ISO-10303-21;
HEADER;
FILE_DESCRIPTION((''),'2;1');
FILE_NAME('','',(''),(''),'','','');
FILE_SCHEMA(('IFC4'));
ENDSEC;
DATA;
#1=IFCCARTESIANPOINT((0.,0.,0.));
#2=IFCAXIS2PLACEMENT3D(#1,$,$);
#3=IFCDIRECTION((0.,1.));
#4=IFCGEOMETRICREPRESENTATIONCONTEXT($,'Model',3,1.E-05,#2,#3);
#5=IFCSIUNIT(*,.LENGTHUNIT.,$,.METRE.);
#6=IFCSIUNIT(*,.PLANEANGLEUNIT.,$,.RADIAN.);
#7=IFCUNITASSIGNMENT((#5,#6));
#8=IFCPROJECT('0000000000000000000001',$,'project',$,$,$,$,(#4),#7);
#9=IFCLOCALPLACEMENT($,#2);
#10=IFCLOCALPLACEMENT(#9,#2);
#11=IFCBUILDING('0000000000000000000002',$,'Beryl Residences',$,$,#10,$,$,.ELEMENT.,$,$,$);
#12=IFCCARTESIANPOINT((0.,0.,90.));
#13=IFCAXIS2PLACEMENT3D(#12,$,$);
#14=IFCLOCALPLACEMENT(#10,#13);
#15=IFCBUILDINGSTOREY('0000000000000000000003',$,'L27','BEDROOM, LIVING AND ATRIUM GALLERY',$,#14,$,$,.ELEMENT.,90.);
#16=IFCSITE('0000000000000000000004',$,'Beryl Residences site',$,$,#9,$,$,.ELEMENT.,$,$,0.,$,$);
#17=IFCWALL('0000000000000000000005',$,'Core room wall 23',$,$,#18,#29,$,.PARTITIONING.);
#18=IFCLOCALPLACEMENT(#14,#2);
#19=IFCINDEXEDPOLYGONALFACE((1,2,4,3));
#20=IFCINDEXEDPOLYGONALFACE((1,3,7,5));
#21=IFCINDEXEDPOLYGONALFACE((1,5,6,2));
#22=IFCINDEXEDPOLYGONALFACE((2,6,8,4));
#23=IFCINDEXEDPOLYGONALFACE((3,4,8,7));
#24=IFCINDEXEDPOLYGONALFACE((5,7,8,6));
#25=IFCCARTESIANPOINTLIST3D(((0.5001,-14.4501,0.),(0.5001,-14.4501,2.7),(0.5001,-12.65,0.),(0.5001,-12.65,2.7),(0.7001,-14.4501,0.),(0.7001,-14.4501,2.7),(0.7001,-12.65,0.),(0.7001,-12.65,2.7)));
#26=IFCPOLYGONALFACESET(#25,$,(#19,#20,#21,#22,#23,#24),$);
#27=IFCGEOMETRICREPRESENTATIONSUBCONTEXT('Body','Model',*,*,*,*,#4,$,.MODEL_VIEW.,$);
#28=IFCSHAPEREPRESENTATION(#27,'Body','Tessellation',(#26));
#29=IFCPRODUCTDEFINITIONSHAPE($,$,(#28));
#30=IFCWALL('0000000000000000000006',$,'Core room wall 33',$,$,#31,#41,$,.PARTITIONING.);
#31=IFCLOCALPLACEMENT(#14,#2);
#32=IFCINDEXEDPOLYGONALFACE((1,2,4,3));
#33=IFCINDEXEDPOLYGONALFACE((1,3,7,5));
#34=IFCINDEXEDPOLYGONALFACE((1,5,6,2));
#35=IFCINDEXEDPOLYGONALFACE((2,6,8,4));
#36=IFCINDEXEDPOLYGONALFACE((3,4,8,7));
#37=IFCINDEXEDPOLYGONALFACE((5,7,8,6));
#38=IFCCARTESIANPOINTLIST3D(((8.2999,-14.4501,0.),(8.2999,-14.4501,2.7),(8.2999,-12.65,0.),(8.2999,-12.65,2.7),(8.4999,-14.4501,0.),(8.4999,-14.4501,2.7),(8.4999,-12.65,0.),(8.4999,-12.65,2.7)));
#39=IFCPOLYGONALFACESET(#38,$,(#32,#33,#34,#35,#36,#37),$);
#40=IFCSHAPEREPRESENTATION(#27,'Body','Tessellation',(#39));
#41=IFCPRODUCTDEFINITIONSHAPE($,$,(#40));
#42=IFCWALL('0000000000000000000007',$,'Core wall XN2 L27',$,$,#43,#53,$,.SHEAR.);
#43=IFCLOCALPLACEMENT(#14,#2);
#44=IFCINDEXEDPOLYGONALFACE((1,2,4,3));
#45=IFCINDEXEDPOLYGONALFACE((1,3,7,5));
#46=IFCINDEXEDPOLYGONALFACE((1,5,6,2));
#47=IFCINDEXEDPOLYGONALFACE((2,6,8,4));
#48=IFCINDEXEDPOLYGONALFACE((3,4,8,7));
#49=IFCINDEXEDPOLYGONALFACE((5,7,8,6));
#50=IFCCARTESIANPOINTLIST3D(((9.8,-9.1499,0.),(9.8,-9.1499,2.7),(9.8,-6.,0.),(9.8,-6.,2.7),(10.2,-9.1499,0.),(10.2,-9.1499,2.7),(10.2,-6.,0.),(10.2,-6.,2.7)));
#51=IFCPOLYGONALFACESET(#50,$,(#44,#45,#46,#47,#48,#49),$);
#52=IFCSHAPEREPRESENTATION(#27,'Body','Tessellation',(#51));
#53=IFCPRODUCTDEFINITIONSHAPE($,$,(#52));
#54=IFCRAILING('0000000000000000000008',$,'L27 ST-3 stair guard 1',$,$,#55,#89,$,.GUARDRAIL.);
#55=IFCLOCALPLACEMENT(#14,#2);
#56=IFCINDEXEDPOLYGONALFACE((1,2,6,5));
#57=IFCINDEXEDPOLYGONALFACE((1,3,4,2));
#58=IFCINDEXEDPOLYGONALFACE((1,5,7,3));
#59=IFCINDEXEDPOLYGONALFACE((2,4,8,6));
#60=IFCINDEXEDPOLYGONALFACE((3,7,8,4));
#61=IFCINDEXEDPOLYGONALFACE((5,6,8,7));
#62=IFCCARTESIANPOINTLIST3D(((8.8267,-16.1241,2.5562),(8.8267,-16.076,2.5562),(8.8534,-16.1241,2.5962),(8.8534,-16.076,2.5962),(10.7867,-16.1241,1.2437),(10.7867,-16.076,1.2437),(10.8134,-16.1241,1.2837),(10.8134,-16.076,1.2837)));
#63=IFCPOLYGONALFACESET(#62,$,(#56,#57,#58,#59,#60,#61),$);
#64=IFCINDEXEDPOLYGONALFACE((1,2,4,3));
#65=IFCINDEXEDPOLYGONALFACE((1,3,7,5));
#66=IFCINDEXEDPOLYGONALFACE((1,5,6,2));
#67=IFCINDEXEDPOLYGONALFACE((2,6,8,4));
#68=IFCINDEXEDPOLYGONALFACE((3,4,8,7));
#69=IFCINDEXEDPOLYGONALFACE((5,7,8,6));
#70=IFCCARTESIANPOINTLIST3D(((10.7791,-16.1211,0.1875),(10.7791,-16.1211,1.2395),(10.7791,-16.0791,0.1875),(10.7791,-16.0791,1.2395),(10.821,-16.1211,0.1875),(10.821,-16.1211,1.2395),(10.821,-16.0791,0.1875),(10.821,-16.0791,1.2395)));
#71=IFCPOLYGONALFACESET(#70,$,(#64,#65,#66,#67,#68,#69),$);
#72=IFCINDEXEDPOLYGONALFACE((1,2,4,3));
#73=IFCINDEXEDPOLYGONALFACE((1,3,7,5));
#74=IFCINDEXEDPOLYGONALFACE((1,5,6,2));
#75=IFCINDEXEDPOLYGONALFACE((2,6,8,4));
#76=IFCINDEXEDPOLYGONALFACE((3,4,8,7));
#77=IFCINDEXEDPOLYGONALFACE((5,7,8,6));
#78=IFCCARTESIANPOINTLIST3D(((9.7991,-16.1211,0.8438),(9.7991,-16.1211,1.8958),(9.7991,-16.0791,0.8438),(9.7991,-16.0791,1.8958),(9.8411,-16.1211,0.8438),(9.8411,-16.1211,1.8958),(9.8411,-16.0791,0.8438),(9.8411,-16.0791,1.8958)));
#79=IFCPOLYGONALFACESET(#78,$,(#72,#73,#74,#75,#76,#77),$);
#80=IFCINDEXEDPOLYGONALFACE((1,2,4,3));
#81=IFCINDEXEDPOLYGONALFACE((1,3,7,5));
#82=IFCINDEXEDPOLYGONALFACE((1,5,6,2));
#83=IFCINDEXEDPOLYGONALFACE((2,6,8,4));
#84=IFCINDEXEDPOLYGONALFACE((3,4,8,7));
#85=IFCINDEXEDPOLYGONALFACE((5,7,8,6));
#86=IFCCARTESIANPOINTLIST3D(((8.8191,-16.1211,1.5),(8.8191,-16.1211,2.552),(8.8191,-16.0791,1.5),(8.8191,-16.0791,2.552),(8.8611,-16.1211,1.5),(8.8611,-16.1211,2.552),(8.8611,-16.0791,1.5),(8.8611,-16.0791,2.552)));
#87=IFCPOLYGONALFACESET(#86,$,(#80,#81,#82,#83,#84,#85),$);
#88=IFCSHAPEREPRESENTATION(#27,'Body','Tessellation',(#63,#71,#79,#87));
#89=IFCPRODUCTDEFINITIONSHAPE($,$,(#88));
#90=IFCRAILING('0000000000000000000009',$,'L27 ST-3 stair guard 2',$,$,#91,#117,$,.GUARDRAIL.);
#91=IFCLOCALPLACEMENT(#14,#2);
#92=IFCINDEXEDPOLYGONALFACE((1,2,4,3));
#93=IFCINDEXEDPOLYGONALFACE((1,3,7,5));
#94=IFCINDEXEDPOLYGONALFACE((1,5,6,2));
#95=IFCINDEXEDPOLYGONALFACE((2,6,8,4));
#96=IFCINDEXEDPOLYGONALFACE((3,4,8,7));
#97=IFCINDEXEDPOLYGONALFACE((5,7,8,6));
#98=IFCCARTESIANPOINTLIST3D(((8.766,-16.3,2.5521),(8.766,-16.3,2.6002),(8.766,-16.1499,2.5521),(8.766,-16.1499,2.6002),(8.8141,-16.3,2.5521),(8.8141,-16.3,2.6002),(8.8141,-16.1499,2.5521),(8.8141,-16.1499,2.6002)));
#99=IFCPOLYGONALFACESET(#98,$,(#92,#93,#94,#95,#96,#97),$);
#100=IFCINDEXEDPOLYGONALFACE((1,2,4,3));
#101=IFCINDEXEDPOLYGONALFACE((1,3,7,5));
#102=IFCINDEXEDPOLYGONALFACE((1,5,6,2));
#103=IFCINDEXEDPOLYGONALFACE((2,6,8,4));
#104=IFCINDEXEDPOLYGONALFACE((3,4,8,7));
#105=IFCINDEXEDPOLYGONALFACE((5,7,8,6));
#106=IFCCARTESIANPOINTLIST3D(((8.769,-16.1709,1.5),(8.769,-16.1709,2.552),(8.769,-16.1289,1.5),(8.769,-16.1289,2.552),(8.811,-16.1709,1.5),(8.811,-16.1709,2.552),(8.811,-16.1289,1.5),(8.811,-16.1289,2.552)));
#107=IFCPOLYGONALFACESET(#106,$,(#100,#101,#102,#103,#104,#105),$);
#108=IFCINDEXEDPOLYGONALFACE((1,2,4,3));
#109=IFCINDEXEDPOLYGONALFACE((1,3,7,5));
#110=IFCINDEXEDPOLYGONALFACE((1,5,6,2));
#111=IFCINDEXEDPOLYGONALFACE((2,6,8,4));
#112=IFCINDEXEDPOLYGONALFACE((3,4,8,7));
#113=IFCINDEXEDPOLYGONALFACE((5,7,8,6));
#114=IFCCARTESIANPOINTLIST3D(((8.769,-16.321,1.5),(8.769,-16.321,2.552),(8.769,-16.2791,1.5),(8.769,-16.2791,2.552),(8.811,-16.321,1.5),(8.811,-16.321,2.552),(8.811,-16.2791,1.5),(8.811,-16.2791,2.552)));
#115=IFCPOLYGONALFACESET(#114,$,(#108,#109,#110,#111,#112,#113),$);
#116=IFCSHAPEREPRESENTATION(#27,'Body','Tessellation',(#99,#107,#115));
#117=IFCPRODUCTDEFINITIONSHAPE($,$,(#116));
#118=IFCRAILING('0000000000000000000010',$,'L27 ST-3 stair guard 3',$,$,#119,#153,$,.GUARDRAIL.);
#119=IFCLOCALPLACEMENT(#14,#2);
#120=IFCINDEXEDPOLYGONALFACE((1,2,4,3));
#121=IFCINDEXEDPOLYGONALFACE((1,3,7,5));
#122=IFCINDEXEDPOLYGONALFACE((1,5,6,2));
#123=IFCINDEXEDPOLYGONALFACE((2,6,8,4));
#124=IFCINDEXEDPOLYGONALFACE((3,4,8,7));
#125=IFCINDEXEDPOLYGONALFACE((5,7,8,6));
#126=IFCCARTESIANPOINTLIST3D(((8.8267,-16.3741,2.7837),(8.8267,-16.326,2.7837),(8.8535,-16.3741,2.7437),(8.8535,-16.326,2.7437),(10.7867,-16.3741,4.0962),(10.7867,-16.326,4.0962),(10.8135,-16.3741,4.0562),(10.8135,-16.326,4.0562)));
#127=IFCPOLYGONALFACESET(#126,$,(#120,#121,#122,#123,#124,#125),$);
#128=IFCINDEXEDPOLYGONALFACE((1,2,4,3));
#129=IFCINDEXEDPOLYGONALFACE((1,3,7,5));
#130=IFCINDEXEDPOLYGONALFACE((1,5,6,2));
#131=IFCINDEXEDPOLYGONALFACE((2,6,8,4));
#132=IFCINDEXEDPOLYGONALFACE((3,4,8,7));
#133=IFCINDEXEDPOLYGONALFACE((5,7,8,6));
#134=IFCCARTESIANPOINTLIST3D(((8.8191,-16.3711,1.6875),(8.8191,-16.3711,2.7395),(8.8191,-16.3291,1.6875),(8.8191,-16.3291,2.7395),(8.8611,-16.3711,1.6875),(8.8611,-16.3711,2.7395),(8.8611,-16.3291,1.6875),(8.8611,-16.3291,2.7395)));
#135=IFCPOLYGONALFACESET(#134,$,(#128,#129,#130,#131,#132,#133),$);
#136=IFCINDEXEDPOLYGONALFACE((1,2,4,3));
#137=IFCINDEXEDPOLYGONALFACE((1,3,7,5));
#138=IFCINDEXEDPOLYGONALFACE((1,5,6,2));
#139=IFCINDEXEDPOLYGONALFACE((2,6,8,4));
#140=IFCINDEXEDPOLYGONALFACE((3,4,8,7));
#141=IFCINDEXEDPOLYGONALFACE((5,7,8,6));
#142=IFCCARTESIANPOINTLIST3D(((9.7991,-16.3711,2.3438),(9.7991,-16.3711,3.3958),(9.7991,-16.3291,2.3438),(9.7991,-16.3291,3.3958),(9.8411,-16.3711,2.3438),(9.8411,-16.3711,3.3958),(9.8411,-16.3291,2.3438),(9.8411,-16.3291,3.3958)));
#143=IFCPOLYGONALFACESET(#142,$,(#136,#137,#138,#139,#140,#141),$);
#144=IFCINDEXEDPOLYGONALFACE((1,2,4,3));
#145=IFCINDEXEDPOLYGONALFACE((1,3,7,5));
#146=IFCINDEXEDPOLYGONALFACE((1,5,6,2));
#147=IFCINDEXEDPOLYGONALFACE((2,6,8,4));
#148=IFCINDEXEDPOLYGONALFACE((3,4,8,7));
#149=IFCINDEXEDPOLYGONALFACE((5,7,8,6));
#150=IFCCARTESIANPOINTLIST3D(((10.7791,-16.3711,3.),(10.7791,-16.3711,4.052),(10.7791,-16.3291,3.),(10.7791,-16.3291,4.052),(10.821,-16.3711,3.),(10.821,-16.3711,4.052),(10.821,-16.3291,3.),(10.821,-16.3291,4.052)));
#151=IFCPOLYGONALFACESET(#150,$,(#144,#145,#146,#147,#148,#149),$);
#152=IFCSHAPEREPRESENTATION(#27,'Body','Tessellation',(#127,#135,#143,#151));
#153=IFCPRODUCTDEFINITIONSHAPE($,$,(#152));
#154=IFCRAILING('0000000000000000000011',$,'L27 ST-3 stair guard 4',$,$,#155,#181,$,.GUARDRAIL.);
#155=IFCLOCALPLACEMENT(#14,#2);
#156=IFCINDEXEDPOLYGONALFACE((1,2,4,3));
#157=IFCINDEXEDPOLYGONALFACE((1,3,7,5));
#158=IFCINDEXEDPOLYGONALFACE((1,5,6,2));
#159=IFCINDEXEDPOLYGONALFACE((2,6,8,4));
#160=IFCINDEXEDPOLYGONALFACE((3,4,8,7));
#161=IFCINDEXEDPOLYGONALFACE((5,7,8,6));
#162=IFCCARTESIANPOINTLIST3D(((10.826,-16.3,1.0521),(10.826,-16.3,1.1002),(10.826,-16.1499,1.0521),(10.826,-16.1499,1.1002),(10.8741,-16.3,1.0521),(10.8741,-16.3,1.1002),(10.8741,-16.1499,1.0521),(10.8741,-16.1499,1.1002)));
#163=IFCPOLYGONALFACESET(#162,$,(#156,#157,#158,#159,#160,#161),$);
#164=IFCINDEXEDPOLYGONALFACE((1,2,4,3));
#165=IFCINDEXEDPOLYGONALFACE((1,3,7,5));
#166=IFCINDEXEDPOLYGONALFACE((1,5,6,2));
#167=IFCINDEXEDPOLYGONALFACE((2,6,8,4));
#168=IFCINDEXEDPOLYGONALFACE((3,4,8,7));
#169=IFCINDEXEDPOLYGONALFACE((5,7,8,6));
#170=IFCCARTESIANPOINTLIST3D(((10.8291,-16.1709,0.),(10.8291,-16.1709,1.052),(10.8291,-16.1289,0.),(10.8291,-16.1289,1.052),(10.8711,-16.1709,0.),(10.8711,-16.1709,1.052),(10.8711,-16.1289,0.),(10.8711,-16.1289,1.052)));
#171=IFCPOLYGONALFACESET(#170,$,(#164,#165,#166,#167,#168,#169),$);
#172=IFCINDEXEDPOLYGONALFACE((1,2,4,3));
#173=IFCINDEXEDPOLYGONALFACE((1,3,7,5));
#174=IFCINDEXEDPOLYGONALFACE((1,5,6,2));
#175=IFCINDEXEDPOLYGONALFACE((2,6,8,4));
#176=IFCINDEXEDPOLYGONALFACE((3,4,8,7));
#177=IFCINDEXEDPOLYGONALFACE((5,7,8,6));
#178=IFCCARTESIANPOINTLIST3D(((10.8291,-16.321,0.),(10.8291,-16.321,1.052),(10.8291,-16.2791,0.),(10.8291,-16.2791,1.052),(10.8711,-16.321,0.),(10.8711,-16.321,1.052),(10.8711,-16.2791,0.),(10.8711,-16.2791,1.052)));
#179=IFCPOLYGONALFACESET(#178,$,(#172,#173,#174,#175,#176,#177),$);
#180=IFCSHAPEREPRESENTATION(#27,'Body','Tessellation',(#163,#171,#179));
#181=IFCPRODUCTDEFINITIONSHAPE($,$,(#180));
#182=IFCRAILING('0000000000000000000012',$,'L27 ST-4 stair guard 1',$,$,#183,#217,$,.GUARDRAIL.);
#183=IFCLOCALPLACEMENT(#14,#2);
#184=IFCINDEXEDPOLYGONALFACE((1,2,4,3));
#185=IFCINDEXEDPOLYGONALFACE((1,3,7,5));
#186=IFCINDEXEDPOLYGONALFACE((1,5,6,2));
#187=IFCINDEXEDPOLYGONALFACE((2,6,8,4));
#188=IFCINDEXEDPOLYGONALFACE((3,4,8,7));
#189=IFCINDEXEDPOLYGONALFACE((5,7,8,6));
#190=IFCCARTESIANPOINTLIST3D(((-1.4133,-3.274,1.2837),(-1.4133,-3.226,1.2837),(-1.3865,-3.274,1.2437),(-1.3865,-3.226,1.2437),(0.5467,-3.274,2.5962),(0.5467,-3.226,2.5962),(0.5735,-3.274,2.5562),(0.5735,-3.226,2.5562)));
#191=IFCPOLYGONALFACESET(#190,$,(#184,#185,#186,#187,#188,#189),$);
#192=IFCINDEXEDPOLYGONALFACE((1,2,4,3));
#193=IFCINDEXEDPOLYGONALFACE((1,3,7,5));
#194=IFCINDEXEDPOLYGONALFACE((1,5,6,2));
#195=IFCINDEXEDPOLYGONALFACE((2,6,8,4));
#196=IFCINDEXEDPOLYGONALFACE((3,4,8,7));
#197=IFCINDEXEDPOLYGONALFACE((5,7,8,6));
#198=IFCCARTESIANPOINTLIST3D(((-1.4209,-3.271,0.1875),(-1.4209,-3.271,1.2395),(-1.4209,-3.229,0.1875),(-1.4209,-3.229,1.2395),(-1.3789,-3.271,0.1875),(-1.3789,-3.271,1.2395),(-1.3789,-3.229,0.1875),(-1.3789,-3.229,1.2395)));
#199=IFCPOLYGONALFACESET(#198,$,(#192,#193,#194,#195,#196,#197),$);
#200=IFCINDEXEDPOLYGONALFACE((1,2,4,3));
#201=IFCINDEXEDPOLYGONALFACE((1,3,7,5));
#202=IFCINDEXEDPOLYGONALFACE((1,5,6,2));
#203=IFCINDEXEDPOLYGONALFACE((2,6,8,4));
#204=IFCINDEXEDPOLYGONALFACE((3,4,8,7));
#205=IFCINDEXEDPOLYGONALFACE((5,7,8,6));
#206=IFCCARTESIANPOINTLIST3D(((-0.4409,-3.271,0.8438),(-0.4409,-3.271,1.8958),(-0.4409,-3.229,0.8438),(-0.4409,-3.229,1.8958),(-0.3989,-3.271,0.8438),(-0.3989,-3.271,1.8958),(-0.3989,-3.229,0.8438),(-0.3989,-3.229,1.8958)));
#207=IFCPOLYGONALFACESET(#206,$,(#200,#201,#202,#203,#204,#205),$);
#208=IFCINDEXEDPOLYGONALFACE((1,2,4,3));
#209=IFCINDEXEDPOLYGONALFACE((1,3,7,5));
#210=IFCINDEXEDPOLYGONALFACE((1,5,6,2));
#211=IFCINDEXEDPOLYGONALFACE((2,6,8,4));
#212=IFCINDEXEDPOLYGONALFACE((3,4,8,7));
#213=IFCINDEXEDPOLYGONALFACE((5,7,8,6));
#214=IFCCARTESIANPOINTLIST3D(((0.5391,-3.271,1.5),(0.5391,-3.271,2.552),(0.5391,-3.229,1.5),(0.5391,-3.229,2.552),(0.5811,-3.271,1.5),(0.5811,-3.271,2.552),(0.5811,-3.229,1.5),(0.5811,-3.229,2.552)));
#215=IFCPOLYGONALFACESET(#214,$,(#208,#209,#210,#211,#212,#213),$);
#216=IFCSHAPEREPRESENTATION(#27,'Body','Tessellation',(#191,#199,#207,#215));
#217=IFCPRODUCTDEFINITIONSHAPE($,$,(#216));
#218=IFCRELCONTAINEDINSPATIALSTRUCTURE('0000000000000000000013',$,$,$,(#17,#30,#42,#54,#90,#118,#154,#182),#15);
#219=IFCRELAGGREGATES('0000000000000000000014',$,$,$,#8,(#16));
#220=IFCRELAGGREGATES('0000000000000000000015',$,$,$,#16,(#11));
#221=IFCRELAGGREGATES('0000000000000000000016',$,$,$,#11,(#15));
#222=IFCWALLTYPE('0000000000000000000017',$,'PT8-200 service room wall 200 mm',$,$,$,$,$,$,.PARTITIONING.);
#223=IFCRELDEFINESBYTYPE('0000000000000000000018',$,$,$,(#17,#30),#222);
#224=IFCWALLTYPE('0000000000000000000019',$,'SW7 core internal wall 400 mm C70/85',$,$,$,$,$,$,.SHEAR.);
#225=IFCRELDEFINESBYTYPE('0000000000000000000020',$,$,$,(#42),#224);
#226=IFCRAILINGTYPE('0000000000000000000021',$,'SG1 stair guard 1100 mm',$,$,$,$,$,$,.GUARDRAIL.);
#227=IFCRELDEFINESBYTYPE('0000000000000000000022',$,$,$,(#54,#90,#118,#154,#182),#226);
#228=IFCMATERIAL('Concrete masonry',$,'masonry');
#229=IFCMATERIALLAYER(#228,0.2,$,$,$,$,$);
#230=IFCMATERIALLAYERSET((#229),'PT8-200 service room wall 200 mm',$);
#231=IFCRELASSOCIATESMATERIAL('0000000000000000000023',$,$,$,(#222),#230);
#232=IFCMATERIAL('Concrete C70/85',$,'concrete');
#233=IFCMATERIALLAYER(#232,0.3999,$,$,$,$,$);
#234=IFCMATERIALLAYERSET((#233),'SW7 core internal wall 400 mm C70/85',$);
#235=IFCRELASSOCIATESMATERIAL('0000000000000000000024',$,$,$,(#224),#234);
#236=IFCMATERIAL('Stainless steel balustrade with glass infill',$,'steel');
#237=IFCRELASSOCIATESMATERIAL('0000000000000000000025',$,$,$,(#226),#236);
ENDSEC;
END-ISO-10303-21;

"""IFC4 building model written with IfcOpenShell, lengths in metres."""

from ifc_helpers import new_model, si_unit, direction, frame, frame_2d, origin, origin_2d, place, context, subcontext, project, spatial, rectangle, extrude, material, layer, layer_set, type_object, element, save


model = new_model("IFC4")

# Units and contexts
model_context = context("Model", 3, precision=1e-05, world=origin(), true_north=direction((0.0, 1.0)))
body_context = subcontext(model_context, "Body", "Model", "MODEL_VIEW")
ifc_project = project(units=[si_unit("LENGTHUNIT", "METRE"), si_unit("PLANEANGLEUNIT", "RADIAN")], contexts=[model_context])

# Site, building, storey
site_placement = place(None, origin())
site = spatial("IfcSite", under=ifc_project, at=site_placement, Name="Beryl Residences site", CompositionType="ELEMENT", RefElevation=0.0)
building_placement = place(site_placement, origin())
building = spatial("IfcBuilding", under=site, at=building_placement, Name="Beryl Residences", CompositionType="ELEMENT")
storey_placement = place(building_placement, frame((0.0, 0.0, 90.0)))
storey = spatial("IfcBuildingStorey", under=building, at=storey_placement, Name="L27", Description="BEDROOM, LIVING AND ATRIUM GALLERY", CompositionType="ELEMENT", Elevation=90.0)

# Walls
ifc_material_1 = material(Name="Concrete masonry", Category="masonry")
ifc_layer_1 = layer(ifc_material_1, 0.2)
ifc_layer_set_1 = layer_set([ifc_layer_1], Name="PT8-200 service room wall 200 mm")
wall_type_1 = type_object("IfcWallType", Name="PT8-200 service room wall 200 mm", PredefinedType="PARTITIONING", material=ifc_layer_set_1)
for number, where, z_axis, x_axis, name in (
    (1, (0.6001, -14.45, 0.0), (0.0, 0.0, 1.0), (0.0, 1.0, 0.0), "Core room wall 23"),
    (2, (8.3999, -14.45, 0.0), (0.0, 0.0, 1.0), (0.0, 1.0, 0.0), "Core room wall 33"),
):
    element("IfcWall", number, at=place(storey_placement, frame(where, z_axis=z_axis, x_axis=x_axis)), inside=storey, type_object=wall_type_1, Name=name, PredefinedType="PARTITIONING", context=body_context, shape_type="SweptSolid", body=[
        extrude(rectangle(XDim=1.8, YDim=0.2, at=frame_2d((0.8999, 0.0))), origin(), (0.0, 0.0, 1.0), 2.7),
    ])
ifc_material_2 = material(Name="Concrete C70/85", Category="concrete")
ifc_layer_2 = layer(ifc_material_2, 0.3999)
ifc_layer_set_2 = layer_set([ifc_layer_2], Name="SW7 core internal wall 400 mm C70/85")
wall_type_2 = type_object("IfcWallType", Name="SW7 core internal wall 400 mm C70/85", PredefinedType="SHEAR", material=ifc_layer_set_2)
wall_1_placement = place(storey_placement, frame((10.0, -9.1499, 0.0), z_axis=(0.0, 0.0, 1.0), x_axis=(0.0, 1.0, 0.0)))
element("IfcWall", 3, at=wall_1_placement, inside=storey, type_object=wall_type_2, Name="Core wall XN2 L27", PredefinedType="SHEAR", context=body_context, shape_type="SweptSolid", body=[
    extrude(rectangle(XDim=3.1499, YDim=0.3999, at=frame_2d((1.575, 0.0))), origin(), (0.0, 0.0, 1.0), 2.7),
])

# Railings
ifc_material_3 = material(Name="Stainless steel balustrade with glass infill", Category="steel")
railing_type_1 = type_object("IfcRailingType", Name="SG1 stair guard 1100 mm", PredefinedType="GUARDRAIL", material=ifc_material_3)
railing_1_placement = place(storey_placement, frame((10.8, -16.1001, 0.1875)))
element("IfcRailing", 4, at=railing_1_placement, inside=storey, type_object=railing_type_1, Name="L27 ST-3 stair guard 1", PredefinedType="GUARDRAIL", context=body_context, shape_type="SweptSolid", body=[
    extrude(rectangle(XDim=0.0481, YDim=0.0481, at=origin_2d()), frame((0.0, 0.0, 1.0762), z_axis=(-0.830902, 0.0, 0.556419), x_axis=(0.0, -1.0, 0.0)), (0.0, 0.0, 1.0), 2.3589),
    extrude(rectangle(XDim=0.042, YDim=0.042, at=origin_2d()), origin(), (0.0, 0.0, 1.0), 1.052),
    extrude(rectangle(XDim=0.042, YDim=0.042, at=origin_2d()), frame((-0.98, 0.0, 0.6562)), (0.0, 0.0, 1.0), 1.052),
    extrude(rectangle(XDim=0.042, YDim=0.042, at=origin_2d()), frame((-1.96, 0.0, 1.3125)), (0.0, 0.0, 1.0), 1.052),
])
railing_2_placement = place(storey_placement, frame((8.79, -16.1499, 1.5)))
element("IfcRailing", 5, at=railing_2_placement, inside=storey, type_object=railing_type_1, Name="L27 ST-3 stair guard 2", PredefinedType="GUARDRAIL", context=body_context, shape_type="SweptSolid", body=[
    extrude(rectangle(XDim=0.0481, YDim=0.0481, at=origin_2d()), frame((0.0, 0.0, 1.0762), z_axis=(0.0, -1.0, 0.0), x_axis=(1.0, 0.0, 0.0)), (0.0, 0.0, 1.0), 0.1501),
    extrude(rectangle(XDim=0.042, YDim=0.042, at=origin_2d()), origin(), (0.0, 0.0, 1.0), 1.052),
    extrude(rectangle(XDim=0.042, YDim=0.042, at=origin_2d()), frame((0.0, -0.1501, 0.0)), (0.0, 0.0, 1.0), 1.052),
])
railing_3_placement = place(storey_placement, frame((8.8401, -16.3501, 1.6875)))
element("IfcRailing", 6, at=railing_3_placement, inside=storey, type_object=railing_type_1, Name="L27 ST-3 stair guard 3", PredefinedType="GUARDRAIL", context=body_context, shape_type="SweptSolid", body=[
    extrude(rectangle(XDim=0.0481, YDim=0.0481, at=origin_2d()), frame((0.0, 0.0, 1.0762), z_axis=(0.830902, 0.0, 0.556419), x_axis=(0.0, 1.0, 0.0)), (0.0, 0.0, 1.0), 2.3589),
    extrude(rectangle(XDim=0.042, YDim=0.042, at=origin_2d()), origin(), (0.0, 0.0, 1.0), 1.052),
    extrude(rectangle(XDim=0.042, YDim=0.042, at=origin_2d()), frame((0.98, 0.0, 0.6562)), (0.0, 0.0, 1.0), 1.052),
    extrude(rectangle(XDim=0.042, YDim=0.042, at=origin_2d()), frame((1.96, 0.0, 1.3125)), (0.0, 0.0, 1.0), 1.052),
])
railing_4_placement = place(storey_placement, frame((10.8501, -16.1499, 0.0)))
element("IfcRailing", 7, at=railing_4_placement, inside=storey, type_object=railing_type_1, Name="L27 ST-3 stair guard 4", PredefinedType="GUARDRAIL", context=body_context, shape_type="SweptSolid", body=[
    extrude(rectangle(XDim=0.0481, YDim=0.0481, at=origin_2d()), frame((0.0, 0.0, 1.0762), z_axis=(0.0, -1.0, 0.0), x_axis=(1.0, 0.0, 0.0)), (0.0, 0.0, 1.0), 0.1501),
    extrude(rectangle(XDim=0.042, YDim=0.042, at=origin_2d()), origin(), (0.0, 0.0, 1.0), 1.052),
    extrude(rectangle(XDim=0.042, YDim=0.042, at=origin_2d()), frame((0.0, -0.1501, 0.0)), (0.0, 0.0, 1.0), 1.052),
])
railing_5_placement = place(storey_placement, frame((-1.3999, -3.25, 0.1875)))
element("IfcRailing", 8, at=railing_5_placement, inside=storey, type_object=railing_type_1, Name="L27 ST-4 stair guard 1", PredefinedType="GUARDRAIL", context=body_context, shape_type="SweptSolid", body=[
    extrude(rectangle(XDim=0.0481, YDim=0.0481, at=origin_2d()), frame((0.0, 0.0, 1.0762), z_axis=(0.830902, 0.0, 0.556419), x_axis=(0.0, 1.0, 0.0)), (0.0, 0.0, 1.0), 2.3589),
    extrude(rectangle(XDim=0.042, YDim=0.042, at=origin_2d()), origin(), (0.0, 0.0, 1.0), 1.052),
    extrude(rectangle(XDim=0.042, YDim=0.042, at=origin_2d()), frame((0.98, 0.0, 0.6562)), (0.0, 0.0, 1.0), 1.052),
    extrude(rectangle(XDim=0.042, YDim=0.042, at=origin_2d()), frame((1.96, 0.0, 1.3125)), (0.0, 0.0, 1.0), 1.052),
])

save(model, "model.ifc")
